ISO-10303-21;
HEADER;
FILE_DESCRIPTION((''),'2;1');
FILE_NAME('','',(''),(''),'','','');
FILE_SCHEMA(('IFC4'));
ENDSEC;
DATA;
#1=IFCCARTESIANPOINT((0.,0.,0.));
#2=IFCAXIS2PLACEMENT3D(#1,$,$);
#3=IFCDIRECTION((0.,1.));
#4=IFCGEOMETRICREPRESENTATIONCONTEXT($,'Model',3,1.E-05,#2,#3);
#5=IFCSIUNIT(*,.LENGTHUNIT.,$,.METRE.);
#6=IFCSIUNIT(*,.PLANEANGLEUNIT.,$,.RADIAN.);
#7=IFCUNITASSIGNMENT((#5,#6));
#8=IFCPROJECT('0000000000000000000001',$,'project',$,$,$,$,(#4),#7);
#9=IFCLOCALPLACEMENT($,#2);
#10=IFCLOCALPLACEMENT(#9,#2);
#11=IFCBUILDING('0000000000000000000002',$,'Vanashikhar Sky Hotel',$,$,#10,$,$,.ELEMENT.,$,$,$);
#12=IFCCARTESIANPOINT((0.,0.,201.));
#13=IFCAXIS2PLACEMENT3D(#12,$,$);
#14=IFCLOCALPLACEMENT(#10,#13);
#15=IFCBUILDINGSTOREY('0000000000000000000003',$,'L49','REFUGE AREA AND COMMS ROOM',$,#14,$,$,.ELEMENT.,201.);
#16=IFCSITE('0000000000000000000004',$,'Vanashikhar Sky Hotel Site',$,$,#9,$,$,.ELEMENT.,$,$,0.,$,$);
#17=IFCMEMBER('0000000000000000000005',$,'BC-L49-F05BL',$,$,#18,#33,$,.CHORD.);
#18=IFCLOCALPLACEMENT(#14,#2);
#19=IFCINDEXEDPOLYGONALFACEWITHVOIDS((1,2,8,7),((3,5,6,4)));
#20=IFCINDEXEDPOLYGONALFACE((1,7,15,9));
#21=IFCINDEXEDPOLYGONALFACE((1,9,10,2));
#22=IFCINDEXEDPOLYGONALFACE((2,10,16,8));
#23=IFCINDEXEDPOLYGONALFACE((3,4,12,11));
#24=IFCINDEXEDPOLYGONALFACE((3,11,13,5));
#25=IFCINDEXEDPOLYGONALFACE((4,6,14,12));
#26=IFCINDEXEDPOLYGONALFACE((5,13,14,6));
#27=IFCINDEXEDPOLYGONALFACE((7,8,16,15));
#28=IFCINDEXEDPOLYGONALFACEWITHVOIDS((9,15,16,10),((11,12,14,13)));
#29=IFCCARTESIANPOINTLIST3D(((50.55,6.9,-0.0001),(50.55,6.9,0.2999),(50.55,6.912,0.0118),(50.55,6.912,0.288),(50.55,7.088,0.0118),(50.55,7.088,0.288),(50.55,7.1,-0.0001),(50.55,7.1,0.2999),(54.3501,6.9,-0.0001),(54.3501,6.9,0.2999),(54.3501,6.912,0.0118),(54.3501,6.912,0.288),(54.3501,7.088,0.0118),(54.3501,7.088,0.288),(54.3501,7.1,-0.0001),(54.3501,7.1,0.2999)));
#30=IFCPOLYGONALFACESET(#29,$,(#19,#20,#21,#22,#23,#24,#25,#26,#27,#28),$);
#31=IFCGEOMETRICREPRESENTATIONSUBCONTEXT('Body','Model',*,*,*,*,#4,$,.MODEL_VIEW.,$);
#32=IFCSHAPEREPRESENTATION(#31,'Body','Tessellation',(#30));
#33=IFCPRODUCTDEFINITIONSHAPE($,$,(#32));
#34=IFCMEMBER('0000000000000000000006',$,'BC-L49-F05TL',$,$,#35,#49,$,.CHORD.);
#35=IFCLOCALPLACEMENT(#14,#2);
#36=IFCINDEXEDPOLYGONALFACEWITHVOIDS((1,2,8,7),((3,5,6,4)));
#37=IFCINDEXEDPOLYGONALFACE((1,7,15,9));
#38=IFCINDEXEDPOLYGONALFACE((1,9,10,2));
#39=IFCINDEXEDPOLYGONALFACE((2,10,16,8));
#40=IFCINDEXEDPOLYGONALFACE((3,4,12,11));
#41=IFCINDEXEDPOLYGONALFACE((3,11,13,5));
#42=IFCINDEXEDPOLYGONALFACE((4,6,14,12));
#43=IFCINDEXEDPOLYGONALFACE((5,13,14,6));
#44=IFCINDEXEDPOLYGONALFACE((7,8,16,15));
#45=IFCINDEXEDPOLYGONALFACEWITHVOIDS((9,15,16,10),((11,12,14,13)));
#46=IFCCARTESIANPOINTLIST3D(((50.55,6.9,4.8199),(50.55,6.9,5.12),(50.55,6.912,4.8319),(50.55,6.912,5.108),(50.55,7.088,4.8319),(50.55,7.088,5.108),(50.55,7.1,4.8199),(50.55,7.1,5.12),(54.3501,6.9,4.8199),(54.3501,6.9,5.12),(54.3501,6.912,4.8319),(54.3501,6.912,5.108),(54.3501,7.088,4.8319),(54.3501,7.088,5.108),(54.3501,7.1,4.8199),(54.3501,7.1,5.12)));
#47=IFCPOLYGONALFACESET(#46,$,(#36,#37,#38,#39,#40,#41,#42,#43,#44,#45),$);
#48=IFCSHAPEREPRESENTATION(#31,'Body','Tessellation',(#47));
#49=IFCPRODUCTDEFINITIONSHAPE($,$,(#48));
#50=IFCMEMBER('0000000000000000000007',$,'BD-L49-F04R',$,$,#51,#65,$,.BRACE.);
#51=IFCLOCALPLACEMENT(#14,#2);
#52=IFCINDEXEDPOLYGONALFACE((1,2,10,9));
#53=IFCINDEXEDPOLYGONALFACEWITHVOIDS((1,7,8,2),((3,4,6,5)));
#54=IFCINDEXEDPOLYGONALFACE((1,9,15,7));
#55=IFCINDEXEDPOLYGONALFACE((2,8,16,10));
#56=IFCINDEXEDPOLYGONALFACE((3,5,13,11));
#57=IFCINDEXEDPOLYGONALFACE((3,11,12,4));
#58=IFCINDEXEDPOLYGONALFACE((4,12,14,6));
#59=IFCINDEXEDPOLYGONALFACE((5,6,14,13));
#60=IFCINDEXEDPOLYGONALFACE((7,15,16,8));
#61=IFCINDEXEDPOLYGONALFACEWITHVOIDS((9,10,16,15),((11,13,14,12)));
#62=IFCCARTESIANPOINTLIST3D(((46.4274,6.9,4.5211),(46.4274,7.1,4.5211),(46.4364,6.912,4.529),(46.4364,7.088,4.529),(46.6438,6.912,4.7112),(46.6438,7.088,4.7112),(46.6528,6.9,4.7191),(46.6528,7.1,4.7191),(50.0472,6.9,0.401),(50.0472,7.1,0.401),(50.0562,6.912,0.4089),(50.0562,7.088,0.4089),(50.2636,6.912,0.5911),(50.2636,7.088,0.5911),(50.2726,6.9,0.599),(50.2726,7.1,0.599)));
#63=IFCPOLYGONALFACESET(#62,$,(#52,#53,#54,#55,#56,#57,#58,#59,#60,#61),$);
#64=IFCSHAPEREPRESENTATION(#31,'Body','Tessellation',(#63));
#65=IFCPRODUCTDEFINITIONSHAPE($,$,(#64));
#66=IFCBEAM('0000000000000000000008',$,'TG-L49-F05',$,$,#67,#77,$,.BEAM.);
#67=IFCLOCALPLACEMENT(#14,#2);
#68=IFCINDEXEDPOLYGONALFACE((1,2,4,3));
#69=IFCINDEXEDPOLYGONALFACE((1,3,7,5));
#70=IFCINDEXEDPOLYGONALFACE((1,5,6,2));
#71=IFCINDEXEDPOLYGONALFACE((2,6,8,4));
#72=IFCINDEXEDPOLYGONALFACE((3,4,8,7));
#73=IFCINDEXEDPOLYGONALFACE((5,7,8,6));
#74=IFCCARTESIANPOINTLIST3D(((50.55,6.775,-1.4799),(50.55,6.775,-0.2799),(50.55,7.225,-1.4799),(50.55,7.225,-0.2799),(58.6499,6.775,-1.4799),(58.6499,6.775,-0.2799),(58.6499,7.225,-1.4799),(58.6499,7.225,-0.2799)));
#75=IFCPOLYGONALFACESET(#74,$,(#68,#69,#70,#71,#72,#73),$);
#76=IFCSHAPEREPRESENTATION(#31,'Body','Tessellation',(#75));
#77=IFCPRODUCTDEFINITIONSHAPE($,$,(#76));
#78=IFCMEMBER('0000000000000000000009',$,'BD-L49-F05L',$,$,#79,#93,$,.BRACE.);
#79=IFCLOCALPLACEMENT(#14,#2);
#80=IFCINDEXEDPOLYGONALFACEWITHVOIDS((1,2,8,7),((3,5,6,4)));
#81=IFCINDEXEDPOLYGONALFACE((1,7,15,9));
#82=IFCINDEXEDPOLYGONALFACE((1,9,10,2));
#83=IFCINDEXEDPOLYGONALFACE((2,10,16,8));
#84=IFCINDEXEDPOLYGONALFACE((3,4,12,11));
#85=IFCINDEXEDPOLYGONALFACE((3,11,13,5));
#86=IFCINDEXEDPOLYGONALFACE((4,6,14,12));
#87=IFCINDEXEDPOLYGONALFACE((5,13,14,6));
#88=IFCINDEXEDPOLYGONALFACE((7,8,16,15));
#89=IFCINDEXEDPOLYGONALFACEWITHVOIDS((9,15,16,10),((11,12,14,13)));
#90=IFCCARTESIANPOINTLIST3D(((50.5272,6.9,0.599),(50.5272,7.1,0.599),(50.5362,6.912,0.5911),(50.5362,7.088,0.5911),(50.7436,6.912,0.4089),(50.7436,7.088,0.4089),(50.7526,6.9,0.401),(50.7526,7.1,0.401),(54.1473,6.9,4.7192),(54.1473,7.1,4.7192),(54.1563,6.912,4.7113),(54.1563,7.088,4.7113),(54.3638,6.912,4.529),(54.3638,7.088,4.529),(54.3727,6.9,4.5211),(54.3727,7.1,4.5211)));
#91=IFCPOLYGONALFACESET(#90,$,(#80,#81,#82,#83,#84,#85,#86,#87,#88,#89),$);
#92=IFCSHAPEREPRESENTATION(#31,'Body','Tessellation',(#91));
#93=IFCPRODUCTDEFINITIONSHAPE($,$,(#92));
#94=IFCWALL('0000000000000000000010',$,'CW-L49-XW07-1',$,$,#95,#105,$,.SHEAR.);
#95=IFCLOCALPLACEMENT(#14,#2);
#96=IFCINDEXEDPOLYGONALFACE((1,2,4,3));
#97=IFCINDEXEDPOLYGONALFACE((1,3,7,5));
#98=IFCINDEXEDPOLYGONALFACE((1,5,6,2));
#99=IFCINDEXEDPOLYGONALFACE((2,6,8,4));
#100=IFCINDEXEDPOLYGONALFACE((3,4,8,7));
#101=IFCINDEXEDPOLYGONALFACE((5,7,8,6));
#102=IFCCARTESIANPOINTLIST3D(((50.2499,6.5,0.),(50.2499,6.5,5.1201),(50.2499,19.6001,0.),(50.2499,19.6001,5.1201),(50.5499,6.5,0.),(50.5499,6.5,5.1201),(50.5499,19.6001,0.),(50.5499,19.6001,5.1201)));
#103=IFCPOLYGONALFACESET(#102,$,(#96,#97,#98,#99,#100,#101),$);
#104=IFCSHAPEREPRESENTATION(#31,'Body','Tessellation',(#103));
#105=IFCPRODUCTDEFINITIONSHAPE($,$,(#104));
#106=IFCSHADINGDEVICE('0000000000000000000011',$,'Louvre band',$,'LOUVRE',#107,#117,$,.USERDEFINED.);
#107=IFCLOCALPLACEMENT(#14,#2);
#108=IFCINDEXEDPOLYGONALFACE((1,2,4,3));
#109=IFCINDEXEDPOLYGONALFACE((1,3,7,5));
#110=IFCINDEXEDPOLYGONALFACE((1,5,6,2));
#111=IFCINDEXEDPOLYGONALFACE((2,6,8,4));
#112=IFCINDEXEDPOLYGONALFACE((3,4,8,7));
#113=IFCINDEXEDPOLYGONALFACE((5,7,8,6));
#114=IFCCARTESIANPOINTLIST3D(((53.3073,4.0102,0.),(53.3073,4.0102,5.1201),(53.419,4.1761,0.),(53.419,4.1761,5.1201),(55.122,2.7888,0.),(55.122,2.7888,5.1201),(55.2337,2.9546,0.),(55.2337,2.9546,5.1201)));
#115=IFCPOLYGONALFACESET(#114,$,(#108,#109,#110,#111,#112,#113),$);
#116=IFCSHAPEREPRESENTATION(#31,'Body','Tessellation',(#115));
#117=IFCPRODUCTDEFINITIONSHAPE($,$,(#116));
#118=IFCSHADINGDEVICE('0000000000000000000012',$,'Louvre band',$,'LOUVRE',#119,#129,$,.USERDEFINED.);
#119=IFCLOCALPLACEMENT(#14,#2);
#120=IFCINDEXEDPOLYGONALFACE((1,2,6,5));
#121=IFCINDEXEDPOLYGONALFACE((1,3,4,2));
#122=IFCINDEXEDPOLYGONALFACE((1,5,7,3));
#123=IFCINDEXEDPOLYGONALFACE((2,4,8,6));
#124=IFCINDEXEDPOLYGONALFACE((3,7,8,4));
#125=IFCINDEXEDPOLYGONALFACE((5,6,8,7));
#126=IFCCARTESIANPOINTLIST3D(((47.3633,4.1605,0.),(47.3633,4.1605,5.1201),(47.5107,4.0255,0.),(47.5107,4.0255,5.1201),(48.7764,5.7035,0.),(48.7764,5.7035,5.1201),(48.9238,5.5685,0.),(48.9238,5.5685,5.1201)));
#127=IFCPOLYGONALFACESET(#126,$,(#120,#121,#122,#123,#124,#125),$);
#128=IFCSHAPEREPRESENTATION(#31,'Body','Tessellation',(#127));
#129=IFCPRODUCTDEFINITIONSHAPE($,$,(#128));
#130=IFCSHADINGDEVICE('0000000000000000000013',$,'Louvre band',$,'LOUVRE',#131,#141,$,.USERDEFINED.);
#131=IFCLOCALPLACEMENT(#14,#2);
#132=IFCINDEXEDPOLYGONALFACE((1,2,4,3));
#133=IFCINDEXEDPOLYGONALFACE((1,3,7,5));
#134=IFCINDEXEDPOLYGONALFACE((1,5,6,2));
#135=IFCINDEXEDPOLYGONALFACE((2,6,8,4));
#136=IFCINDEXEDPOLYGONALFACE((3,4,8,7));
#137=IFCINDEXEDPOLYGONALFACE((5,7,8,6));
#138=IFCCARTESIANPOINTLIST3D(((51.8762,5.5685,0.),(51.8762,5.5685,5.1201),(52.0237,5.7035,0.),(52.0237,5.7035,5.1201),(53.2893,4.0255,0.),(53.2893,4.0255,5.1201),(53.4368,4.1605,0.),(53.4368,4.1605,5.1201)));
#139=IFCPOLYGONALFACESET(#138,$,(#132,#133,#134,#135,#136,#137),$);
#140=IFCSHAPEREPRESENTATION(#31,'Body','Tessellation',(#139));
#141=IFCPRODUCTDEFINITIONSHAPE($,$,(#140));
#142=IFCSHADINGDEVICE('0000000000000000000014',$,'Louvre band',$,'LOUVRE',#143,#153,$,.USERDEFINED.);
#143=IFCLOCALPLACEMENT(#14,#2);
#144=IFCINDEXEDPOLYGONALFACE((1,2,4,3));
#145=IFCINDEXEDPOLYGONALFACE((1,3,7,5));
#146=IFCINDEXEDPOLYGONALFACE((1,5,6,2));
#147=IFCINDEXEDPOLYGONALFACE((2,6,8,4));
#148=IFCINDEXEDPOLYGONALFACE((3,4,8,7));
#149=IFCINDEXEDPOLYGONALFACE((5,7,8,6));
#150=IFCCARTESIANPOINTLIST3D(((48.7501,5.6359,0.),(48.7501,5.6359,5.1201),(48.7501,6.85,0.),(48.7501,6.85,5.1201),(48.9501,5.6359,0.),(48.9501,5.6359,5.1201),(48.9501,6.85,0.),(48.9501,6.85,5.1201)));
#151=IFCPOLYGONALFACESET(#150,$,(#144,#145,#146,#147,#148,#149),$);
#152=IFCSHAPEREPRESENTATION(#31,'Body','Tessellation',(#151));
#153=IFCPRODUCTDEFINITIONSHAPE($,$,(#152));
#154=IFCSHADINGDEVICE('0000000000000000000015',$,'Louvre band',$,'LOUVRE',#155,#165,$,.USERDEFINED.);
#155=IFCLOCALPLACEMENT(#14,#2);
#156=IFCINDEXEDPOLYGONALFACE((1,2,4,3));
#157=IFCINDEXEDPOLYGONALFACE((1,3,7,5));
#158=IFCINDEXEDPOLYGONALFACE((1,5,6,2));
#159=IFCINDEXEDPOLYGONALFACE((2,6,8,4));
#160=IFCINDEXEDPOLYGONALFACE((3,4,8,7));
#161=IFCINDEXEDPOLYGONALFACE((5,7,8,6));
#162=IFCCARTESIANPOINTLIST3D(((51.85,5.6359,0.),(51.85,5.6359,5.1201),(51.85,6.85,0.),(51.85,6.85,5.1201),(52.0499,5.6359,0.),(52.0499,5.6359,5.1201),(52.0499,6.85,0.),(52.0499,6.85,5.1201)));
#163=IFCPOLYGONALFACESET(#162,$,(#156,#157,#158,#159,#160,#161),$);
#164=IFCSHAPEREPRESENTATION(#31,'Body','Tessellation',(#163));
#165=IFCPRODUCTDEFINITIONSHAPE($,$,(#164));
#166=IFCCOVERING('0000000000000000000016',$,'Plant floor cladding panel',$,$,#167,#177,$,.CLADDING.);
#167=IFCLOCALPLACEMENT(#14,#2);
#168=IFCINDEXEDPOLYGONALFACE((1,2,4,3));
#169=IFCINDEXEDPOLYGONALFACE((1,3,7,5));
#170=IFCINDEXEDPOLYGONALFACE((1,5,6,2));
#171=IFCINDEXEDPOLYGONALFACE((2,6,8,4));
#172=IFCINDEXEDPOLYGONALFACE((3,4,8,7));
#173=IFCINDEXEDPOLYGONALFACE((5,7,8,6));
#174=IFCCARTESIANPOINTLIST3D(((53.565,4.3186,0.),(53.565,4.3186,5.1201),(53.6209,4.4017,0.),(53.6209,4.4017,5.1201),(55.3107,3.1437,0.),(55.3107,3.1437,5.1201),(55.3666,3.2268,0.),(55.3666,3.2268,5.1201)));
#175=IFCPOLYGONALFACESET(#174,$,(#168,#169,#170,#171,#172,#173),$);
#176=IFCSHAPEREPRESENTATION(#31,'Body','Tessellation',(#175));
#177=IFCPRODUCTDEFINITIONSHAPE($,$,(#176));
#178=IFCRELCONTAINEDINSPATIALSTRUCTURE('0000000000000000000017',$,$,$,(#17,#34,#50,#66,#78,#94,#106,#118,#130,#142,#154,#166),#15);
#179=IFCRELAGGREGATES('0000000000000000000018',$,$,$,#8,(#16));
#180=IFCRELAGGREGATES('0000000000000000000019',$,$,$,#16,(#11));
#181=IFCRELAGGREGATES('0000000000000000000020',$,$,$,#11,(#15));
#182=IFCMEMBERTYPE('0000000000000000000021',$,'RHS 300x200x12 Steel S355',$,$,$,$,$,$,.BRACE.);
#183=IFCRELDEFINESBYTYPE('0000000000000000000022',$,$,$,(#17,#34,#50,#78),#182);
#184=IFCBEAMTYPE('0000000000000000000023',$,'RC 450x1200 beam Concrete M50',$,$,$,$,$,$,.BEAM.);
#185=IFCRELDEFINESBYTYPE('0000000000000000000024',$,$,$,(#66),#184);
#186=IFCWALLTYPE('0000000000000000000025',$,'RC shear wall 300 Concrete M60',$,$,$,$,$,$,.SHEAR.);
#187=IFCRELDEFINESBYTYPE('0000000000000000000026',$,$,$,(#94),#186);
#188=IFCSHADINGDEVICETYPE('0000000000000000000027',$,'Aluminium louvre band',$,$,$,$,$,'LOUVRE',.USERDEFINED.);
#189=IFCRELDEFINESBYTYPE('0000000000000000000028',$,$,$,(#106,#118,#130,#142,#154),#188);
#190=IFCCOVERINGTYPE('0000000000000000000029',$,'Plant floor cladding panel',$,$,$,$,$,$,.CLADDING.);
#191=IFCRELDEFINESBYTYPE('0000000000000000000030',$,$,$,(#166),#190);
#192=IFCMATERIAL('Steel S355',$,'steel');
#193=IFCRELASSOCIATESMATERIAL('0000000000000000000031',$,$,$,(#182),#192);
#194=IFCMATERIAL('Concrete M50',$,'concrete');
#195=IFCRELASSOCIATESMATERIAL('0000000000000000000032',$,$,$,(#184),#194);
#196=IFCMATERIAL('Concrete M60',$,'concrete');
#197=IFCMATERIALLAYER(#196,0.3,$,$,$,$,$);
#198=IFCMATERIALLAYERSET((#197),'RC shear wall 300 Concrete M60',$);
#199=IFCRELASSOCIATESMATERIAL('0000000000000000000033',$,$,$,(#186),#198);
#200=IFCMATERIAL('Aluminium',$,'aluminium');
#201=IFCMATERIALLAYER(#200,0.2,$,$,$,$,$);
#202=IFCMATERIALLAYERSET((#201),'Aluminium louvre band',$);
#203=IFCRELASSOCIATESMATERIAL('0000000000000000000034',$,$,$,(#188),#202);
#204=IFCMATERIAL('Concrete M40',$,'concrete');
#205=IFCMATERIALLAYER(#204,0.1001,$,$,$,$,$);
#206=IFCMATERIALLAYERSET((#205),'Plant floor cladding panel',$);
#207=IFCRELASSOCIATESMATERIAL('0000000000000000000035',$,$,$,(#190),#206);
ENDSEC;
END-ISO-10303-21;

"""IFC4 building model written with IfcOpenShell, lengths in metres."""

from ifc_helpers import new_model, si_unit, direction, frame, frame_2d, origin, origin_2d, place, context, subcontext, project, spatial, rectangle, hollow_rectangle, extrude, source, transform, mapped, material, layer, layer_set, material_profile, profile_set, type_object, element, save


model = new_model("IFC4")

# Units and contexts
model_context = context("Model", 3, precision=1e-05, world=origin(), true_north=direction((0.0, 1.0)))
body_context = subcontext(model_context, "Body", "Model", "MODEL_VIEW")
ifc_project = project(units=[si_unit("LENGTHUNIT", "METRE"), si_unit("PLANEANGLEUNIT", "RADIAN")], contexts=[model_context])

# Site, building, storey
site_placement = place(None, origin())
site = spatial("IfcSite", under=ifc_project, at=site_placement, Name="Vanashikhar Sky Hotel Site", CompositionType="ELEMENT", RefElevation=0.0)
building_placement = place(site_placement, origin())
building = spatial("IfcBuilding", under=site, at=building_placement, Name="Vanashikhar Sky Hotel", CompositionType="ELEMENT")
storey_placement = place(building_placement, frame((0.0, 0.0, 201.0)))
storey = spatial("IfcBuildingStorey", under=building, at=storey_placement, Name="L49", Description="REFUGE AREA AND COMMS ROOM", CompositionType="ELEMENT", Elevation=201.0)

# Members
ifc_material_1 = material(Name="Steel S355", Category="steel")
ifc_material_profile_1 = material_profile(ifc_material_1, hollow_rectangle(XDim=0.2, YDim=0.3, WallThickness=0.012, at=origin_2d()))
ifc_profile_set_1 = profile_set([ifc_material_profile_1], Name="RHS 300x200x12 Steel S355")
member_type = type_object("IfcMemberType", Name="RHS 300x200x12 Steel S355", PredefinedType="BRACE", material=ifc_profile_set_1)
shared_shape_1 = source(origin(), body_context, "Body", "SweptSolid", [
    extrude(hollow_rectangle(XDim=0.2, YDim=0.3, WallThickness=0.012, at=origin_2d()), origin(), (0.0, 0.0, 1.0), 3.8),
])
for number, where, z_axis, x_axis, name in (
    (1, (50.55, 7.0, 0.1499), (1.0, 0.0, 0.0), (0.0, 1.0, 0.0), "BC-L49-F05BL"),
    (2, (50.55, 7.0, 4.97), (1.0, 0.0, 0.0), (0.0, 1.0, 0.0), "BC-L49-F05TL"),
):
    element("IfcMember", number, at=place(storey_placement, frame(where, z_axis=z_axis, x_axis=x_axis)), inside=storey, type_object=member_type, Name=name, PredefinedType="CHORD", context=body_context, shape_type="MappedRepresentation", body=[
        mapped(shared_shape_1, transform((0.0, 0.0, 0.0), scale=1.0)),
    ])
shared_shape_2 = source(origin(), body_context, "Body", "SweptSolid", [
    extrude(hollow_rectangle(XDim=0.2, YDim=0.3, WallThickness=0.012, at=origin_2d()), origin(), (0.0, 0.0, 1.0), 5.4844),
])
member_1_placement = place(storey_placement, frame((50.1599, 7.0, 0.5), z_axis=(-0.660029, 0.0, 0.75124), x_axis=(0.0, -1.0, 0.0)))
element("IfcMember", 3, at=member_1_placement, inside=storey, type_object=member_type, Name="BD-L49-F04R", PredefinedType="BRACE", context=body_context, shape_type="MappedRepresentation", body=[
    mapped(shared_shape_2, transform((0.0, 0.0, 0.0), scale=1.0)),
])

# Beam
ifc_material_2 = material(Name="Concrete M50", Category="concrete")
ifc_material_profile_2 = material_profile(ifc_material_2, rectangle(XDim=0.45, YDim=1.2, at=origin_2d()))
ifc_profile_set_2 = profile_set([ifc_material_profile_2], Name="RC 450x1200 beam Concrete M50")
beam_type = type_object("IfcBeamType", Name="RC 450x1200 beam Concrete M50", PredefinedType="BEAM", material=ifc_profile_set_2)
shared_shape_3 = source(origin(), body_context, "Body", "SweptSolid", [
    extrude(rectangle(XDim=0.45, YDim=1.2, at=origin_2d()), origin(), (0.0, 0.0, 1.0), 8.0999),
])
beam_placement = place(storey_placement, frame((50.55, 7.0, -0.8799), z_axis=(1.0, 0.0, 0.0), x_axis=(0.0, 1.0, 0.0)))
element("IfcBeam", 4, at=beam_placement, inside=storey, type_object=beam_type, Name="TG-L49-F05", PredefinedType="BEAM", context=body_context, shape_type="MappedRepresentation", body=[
    mapped(shared_shape_3, transform((0.0, 0.0, 0.0), scale=1.0)),
])

# Member
shared_shape_4 = source(origin(), body_context, "Body", "SweptSolid", [
    extrude(hollow_rectangle(XDim=0.2, YDim=0.3, WallThickness=0.012, at=origin_2d()), origin(), (0.0, 0.0, 1.0), 5.4846),
])
member_2_placement = place(storey_placement, frame((50.6399, 7.0, 0.5), z_axis=(0.660054, 0.0, 0.751218), x_axis=(0.0, 1.0, 0.0)))
element("IfcMember", 5, at=member_2_placement, inside=storey, type_object=member_type, Name="BD-L49-F05L", PredefinedType="BRACE", context=body_context, shape_type="MappedRepresentation", body=[
    mapped(shared_shape_4, transform((0.0, 0.0, 0.0), scale=1.0)),
])

# Wall
ifc_material_3 = material(Name="Concrete M60", Category="concrete")
ifc_layer_1 = layer(ifc_material_3, 0.3)
ifc_layer_set_1 = layer_set([ifc_layer_1], Name="RC shear wall 300 Concrete M60")
wall_type = type_object("IfcWallType", Name="RC shear wall 300 Concrete M60", PredefinedType="SHEAR", material=ifc_layer_set_1)
shared_shape_5 = source(origin(), body_context, "Body", "SweptSolid", [
    extrude(rectangle(XDim=13.1001, YDim=0.3, at=frame_2d((6.55, 0.0))), origin(), (0.0, 0.0, 1.0), 5.1201),
])
wall_placement = place(storey_placement, frame((50.3999, 6.5, 0.0), z_axis=(0.0, 0.0, 1.0), x_axis=(0.0, 1.0, 0.0)))
element("IfcWall", 6, at=wall_placement, inside=storey, type_object=wall_type, Name="CW-L49-XW07-1", PredefinedType="SHEAR", context=body_context, shape_type="MappedRepresentation", body=[
    mapped(shared_shape_5, transform((0.0, 0.0, 0.0), scale=1.0)),
])

# Shading devices
ifc_material_4 = material(Name="Aluminium", Category="aluminium")
ifc_layer_2 = layer(ifc_material_4, 0.2)
ifc_layer_set_2 = layer_set([ifc_layer_2], Name="Aluminium louvre band")
shading_device_type = type_object("IfcShadingDeviceType", Name="Aluminium louvre band", ElementType="LOUVRE", PredefinedType="USERDEFINED", material=ifc_layer_set_2)
shared_shape_6 = source(origin(), body_context, "Body", "SweptSolid", [
    extrude(rectangle(XDim=2.1875, YDim=0.2, at=origin_2d()), origin(), (0.0, 0.0, 1.0), 5.1201),
])
shading_device_placement = place(storey_placement, frame((54.2705, 3.4824, 0.0), z_axis=(0.0, 0.0, 1.0), x_axis=(0.829584, -0.558382, 0.0)))
element("IfcShadingDevice", 7, at=shading_device_placement, inside=storey, type_object=shading_device_type, Name="Louvre band", ObjectType="LOUVRE", PredefinedType="USERDEFINED", context=body_context, shape_type="MappedRepresentation", body=[
    mapped(shared_shape_6, transform((0.0, 0.0, 0.0), scale=1.0)),
])
shared_shape_7 = source(origin(), body_context, "Body", "SweptSolid", [
    extrude(rectangle(XDim=2.0923, YDim=0.2, at=origin_2d()), origin(), (0.0, 0.0, 1.0), 5.1201),
])
for number, where, z_axis, x_axis, name in (
    (8, (48.1436, 4.8645, 0.0), (0.0, 0.0, 1.0), (0.675384, 0.737466, 0.0), "Louvre band"),
    (9, (52.6565, 4.8645, 0.0), (0.0, 0.0, 1.0), (0.675384, -0.737466, 0.0), "Louvre band"),
):
    element("IfcShadingDevice", number, at=place(storey_placement, frame(where, z_axis=z_axis, x_axis=x_axis)), inside=storey, type_object=shading_device_type, Name=name, ObjectType="LOUVRE", PredefinedType="USERDEFINED", context=body_context, shape_type="MappedRepresentation", body=[
        mapped(shared_shape_7, transform((0.0, 0.0, 0.0), scale=1.0)),
    ])
shared_shape_8 = source(origin(), body_context, "Body", "SweptSolid", [
    extrude(rectangle(XDim=1.2141, YDim=0.2, at=origin_2d()), origin(), (0.0, 0.0, 1.0), 5.1201),
])
for number, where, z_axis, x_axis, name in (
    (10, (48.8501, 6.2429, 0.0), (0.0, 0.0, 1.0), (0.0, 1.0, 0.0), "Louvre band"),
    (11, (51.95, 6.2429, 0.0), (0.0, 0.0, 1.0), (0.0, -1.0, 0.0), "Louvre band"),
):
    element("IfcShadingDevice", number, at=place(storey_placement, frame(where, z_axis=z_axis, x_axis=x_axis)), inside=storey, type_object=shading_device_type, Name=name, ObjectType="LOUVRE", PredefinedType="USERDEFINED", context=body_context, shape_type="MappedRepresentation", body=[
        mapped(shared_shape_8, transform((0.0, 0.0, 0.0), scale=1.0)),
    ])

# Covering
ifc_material_5 = material(Name="Concrete M40", Category="concrete")
ifc_layer_3 = layer(ifc_material_5, 0.1001)
ifc_layer_set_3 = layer_set([ifc_layer_3], Name="Plant floor cladding panel")
covering_type_1 = type_object("IfcCoveringType", Name="Plant floor cladding panel", PredefinedType="CLADDING", material=ifc_layer_set_3)
shared_shape_9 = source(origin(), body_context, "Body", "SweptSolid", [
    extrude(rectangle(XDim=2.1042, YDim=0.1001, at=origin_2d()), origin(), (0.0, 0.0, 1.0), 5.1201),
])
covering_1_placement = place(storey_placement, frame((54.4658, 3.7727, 0.0), z_axis=(0.0, 0.0, 1.0), x_axis=(0.829603, -0.558353, 0.0)))
element("IfcCovering", 12, at=covering_1_placement, inside=storey, type_object=covering_type_1, Name="Plant floor cladding panel", PredefinedType="CLADDING", context=body_context, shape_type="MappedRepresentation", body=[
    mapped(shared_shape_9, transform((0.0, 0.0, 0.0), scale=1.0)),
])

save(model, "model.ifc")
